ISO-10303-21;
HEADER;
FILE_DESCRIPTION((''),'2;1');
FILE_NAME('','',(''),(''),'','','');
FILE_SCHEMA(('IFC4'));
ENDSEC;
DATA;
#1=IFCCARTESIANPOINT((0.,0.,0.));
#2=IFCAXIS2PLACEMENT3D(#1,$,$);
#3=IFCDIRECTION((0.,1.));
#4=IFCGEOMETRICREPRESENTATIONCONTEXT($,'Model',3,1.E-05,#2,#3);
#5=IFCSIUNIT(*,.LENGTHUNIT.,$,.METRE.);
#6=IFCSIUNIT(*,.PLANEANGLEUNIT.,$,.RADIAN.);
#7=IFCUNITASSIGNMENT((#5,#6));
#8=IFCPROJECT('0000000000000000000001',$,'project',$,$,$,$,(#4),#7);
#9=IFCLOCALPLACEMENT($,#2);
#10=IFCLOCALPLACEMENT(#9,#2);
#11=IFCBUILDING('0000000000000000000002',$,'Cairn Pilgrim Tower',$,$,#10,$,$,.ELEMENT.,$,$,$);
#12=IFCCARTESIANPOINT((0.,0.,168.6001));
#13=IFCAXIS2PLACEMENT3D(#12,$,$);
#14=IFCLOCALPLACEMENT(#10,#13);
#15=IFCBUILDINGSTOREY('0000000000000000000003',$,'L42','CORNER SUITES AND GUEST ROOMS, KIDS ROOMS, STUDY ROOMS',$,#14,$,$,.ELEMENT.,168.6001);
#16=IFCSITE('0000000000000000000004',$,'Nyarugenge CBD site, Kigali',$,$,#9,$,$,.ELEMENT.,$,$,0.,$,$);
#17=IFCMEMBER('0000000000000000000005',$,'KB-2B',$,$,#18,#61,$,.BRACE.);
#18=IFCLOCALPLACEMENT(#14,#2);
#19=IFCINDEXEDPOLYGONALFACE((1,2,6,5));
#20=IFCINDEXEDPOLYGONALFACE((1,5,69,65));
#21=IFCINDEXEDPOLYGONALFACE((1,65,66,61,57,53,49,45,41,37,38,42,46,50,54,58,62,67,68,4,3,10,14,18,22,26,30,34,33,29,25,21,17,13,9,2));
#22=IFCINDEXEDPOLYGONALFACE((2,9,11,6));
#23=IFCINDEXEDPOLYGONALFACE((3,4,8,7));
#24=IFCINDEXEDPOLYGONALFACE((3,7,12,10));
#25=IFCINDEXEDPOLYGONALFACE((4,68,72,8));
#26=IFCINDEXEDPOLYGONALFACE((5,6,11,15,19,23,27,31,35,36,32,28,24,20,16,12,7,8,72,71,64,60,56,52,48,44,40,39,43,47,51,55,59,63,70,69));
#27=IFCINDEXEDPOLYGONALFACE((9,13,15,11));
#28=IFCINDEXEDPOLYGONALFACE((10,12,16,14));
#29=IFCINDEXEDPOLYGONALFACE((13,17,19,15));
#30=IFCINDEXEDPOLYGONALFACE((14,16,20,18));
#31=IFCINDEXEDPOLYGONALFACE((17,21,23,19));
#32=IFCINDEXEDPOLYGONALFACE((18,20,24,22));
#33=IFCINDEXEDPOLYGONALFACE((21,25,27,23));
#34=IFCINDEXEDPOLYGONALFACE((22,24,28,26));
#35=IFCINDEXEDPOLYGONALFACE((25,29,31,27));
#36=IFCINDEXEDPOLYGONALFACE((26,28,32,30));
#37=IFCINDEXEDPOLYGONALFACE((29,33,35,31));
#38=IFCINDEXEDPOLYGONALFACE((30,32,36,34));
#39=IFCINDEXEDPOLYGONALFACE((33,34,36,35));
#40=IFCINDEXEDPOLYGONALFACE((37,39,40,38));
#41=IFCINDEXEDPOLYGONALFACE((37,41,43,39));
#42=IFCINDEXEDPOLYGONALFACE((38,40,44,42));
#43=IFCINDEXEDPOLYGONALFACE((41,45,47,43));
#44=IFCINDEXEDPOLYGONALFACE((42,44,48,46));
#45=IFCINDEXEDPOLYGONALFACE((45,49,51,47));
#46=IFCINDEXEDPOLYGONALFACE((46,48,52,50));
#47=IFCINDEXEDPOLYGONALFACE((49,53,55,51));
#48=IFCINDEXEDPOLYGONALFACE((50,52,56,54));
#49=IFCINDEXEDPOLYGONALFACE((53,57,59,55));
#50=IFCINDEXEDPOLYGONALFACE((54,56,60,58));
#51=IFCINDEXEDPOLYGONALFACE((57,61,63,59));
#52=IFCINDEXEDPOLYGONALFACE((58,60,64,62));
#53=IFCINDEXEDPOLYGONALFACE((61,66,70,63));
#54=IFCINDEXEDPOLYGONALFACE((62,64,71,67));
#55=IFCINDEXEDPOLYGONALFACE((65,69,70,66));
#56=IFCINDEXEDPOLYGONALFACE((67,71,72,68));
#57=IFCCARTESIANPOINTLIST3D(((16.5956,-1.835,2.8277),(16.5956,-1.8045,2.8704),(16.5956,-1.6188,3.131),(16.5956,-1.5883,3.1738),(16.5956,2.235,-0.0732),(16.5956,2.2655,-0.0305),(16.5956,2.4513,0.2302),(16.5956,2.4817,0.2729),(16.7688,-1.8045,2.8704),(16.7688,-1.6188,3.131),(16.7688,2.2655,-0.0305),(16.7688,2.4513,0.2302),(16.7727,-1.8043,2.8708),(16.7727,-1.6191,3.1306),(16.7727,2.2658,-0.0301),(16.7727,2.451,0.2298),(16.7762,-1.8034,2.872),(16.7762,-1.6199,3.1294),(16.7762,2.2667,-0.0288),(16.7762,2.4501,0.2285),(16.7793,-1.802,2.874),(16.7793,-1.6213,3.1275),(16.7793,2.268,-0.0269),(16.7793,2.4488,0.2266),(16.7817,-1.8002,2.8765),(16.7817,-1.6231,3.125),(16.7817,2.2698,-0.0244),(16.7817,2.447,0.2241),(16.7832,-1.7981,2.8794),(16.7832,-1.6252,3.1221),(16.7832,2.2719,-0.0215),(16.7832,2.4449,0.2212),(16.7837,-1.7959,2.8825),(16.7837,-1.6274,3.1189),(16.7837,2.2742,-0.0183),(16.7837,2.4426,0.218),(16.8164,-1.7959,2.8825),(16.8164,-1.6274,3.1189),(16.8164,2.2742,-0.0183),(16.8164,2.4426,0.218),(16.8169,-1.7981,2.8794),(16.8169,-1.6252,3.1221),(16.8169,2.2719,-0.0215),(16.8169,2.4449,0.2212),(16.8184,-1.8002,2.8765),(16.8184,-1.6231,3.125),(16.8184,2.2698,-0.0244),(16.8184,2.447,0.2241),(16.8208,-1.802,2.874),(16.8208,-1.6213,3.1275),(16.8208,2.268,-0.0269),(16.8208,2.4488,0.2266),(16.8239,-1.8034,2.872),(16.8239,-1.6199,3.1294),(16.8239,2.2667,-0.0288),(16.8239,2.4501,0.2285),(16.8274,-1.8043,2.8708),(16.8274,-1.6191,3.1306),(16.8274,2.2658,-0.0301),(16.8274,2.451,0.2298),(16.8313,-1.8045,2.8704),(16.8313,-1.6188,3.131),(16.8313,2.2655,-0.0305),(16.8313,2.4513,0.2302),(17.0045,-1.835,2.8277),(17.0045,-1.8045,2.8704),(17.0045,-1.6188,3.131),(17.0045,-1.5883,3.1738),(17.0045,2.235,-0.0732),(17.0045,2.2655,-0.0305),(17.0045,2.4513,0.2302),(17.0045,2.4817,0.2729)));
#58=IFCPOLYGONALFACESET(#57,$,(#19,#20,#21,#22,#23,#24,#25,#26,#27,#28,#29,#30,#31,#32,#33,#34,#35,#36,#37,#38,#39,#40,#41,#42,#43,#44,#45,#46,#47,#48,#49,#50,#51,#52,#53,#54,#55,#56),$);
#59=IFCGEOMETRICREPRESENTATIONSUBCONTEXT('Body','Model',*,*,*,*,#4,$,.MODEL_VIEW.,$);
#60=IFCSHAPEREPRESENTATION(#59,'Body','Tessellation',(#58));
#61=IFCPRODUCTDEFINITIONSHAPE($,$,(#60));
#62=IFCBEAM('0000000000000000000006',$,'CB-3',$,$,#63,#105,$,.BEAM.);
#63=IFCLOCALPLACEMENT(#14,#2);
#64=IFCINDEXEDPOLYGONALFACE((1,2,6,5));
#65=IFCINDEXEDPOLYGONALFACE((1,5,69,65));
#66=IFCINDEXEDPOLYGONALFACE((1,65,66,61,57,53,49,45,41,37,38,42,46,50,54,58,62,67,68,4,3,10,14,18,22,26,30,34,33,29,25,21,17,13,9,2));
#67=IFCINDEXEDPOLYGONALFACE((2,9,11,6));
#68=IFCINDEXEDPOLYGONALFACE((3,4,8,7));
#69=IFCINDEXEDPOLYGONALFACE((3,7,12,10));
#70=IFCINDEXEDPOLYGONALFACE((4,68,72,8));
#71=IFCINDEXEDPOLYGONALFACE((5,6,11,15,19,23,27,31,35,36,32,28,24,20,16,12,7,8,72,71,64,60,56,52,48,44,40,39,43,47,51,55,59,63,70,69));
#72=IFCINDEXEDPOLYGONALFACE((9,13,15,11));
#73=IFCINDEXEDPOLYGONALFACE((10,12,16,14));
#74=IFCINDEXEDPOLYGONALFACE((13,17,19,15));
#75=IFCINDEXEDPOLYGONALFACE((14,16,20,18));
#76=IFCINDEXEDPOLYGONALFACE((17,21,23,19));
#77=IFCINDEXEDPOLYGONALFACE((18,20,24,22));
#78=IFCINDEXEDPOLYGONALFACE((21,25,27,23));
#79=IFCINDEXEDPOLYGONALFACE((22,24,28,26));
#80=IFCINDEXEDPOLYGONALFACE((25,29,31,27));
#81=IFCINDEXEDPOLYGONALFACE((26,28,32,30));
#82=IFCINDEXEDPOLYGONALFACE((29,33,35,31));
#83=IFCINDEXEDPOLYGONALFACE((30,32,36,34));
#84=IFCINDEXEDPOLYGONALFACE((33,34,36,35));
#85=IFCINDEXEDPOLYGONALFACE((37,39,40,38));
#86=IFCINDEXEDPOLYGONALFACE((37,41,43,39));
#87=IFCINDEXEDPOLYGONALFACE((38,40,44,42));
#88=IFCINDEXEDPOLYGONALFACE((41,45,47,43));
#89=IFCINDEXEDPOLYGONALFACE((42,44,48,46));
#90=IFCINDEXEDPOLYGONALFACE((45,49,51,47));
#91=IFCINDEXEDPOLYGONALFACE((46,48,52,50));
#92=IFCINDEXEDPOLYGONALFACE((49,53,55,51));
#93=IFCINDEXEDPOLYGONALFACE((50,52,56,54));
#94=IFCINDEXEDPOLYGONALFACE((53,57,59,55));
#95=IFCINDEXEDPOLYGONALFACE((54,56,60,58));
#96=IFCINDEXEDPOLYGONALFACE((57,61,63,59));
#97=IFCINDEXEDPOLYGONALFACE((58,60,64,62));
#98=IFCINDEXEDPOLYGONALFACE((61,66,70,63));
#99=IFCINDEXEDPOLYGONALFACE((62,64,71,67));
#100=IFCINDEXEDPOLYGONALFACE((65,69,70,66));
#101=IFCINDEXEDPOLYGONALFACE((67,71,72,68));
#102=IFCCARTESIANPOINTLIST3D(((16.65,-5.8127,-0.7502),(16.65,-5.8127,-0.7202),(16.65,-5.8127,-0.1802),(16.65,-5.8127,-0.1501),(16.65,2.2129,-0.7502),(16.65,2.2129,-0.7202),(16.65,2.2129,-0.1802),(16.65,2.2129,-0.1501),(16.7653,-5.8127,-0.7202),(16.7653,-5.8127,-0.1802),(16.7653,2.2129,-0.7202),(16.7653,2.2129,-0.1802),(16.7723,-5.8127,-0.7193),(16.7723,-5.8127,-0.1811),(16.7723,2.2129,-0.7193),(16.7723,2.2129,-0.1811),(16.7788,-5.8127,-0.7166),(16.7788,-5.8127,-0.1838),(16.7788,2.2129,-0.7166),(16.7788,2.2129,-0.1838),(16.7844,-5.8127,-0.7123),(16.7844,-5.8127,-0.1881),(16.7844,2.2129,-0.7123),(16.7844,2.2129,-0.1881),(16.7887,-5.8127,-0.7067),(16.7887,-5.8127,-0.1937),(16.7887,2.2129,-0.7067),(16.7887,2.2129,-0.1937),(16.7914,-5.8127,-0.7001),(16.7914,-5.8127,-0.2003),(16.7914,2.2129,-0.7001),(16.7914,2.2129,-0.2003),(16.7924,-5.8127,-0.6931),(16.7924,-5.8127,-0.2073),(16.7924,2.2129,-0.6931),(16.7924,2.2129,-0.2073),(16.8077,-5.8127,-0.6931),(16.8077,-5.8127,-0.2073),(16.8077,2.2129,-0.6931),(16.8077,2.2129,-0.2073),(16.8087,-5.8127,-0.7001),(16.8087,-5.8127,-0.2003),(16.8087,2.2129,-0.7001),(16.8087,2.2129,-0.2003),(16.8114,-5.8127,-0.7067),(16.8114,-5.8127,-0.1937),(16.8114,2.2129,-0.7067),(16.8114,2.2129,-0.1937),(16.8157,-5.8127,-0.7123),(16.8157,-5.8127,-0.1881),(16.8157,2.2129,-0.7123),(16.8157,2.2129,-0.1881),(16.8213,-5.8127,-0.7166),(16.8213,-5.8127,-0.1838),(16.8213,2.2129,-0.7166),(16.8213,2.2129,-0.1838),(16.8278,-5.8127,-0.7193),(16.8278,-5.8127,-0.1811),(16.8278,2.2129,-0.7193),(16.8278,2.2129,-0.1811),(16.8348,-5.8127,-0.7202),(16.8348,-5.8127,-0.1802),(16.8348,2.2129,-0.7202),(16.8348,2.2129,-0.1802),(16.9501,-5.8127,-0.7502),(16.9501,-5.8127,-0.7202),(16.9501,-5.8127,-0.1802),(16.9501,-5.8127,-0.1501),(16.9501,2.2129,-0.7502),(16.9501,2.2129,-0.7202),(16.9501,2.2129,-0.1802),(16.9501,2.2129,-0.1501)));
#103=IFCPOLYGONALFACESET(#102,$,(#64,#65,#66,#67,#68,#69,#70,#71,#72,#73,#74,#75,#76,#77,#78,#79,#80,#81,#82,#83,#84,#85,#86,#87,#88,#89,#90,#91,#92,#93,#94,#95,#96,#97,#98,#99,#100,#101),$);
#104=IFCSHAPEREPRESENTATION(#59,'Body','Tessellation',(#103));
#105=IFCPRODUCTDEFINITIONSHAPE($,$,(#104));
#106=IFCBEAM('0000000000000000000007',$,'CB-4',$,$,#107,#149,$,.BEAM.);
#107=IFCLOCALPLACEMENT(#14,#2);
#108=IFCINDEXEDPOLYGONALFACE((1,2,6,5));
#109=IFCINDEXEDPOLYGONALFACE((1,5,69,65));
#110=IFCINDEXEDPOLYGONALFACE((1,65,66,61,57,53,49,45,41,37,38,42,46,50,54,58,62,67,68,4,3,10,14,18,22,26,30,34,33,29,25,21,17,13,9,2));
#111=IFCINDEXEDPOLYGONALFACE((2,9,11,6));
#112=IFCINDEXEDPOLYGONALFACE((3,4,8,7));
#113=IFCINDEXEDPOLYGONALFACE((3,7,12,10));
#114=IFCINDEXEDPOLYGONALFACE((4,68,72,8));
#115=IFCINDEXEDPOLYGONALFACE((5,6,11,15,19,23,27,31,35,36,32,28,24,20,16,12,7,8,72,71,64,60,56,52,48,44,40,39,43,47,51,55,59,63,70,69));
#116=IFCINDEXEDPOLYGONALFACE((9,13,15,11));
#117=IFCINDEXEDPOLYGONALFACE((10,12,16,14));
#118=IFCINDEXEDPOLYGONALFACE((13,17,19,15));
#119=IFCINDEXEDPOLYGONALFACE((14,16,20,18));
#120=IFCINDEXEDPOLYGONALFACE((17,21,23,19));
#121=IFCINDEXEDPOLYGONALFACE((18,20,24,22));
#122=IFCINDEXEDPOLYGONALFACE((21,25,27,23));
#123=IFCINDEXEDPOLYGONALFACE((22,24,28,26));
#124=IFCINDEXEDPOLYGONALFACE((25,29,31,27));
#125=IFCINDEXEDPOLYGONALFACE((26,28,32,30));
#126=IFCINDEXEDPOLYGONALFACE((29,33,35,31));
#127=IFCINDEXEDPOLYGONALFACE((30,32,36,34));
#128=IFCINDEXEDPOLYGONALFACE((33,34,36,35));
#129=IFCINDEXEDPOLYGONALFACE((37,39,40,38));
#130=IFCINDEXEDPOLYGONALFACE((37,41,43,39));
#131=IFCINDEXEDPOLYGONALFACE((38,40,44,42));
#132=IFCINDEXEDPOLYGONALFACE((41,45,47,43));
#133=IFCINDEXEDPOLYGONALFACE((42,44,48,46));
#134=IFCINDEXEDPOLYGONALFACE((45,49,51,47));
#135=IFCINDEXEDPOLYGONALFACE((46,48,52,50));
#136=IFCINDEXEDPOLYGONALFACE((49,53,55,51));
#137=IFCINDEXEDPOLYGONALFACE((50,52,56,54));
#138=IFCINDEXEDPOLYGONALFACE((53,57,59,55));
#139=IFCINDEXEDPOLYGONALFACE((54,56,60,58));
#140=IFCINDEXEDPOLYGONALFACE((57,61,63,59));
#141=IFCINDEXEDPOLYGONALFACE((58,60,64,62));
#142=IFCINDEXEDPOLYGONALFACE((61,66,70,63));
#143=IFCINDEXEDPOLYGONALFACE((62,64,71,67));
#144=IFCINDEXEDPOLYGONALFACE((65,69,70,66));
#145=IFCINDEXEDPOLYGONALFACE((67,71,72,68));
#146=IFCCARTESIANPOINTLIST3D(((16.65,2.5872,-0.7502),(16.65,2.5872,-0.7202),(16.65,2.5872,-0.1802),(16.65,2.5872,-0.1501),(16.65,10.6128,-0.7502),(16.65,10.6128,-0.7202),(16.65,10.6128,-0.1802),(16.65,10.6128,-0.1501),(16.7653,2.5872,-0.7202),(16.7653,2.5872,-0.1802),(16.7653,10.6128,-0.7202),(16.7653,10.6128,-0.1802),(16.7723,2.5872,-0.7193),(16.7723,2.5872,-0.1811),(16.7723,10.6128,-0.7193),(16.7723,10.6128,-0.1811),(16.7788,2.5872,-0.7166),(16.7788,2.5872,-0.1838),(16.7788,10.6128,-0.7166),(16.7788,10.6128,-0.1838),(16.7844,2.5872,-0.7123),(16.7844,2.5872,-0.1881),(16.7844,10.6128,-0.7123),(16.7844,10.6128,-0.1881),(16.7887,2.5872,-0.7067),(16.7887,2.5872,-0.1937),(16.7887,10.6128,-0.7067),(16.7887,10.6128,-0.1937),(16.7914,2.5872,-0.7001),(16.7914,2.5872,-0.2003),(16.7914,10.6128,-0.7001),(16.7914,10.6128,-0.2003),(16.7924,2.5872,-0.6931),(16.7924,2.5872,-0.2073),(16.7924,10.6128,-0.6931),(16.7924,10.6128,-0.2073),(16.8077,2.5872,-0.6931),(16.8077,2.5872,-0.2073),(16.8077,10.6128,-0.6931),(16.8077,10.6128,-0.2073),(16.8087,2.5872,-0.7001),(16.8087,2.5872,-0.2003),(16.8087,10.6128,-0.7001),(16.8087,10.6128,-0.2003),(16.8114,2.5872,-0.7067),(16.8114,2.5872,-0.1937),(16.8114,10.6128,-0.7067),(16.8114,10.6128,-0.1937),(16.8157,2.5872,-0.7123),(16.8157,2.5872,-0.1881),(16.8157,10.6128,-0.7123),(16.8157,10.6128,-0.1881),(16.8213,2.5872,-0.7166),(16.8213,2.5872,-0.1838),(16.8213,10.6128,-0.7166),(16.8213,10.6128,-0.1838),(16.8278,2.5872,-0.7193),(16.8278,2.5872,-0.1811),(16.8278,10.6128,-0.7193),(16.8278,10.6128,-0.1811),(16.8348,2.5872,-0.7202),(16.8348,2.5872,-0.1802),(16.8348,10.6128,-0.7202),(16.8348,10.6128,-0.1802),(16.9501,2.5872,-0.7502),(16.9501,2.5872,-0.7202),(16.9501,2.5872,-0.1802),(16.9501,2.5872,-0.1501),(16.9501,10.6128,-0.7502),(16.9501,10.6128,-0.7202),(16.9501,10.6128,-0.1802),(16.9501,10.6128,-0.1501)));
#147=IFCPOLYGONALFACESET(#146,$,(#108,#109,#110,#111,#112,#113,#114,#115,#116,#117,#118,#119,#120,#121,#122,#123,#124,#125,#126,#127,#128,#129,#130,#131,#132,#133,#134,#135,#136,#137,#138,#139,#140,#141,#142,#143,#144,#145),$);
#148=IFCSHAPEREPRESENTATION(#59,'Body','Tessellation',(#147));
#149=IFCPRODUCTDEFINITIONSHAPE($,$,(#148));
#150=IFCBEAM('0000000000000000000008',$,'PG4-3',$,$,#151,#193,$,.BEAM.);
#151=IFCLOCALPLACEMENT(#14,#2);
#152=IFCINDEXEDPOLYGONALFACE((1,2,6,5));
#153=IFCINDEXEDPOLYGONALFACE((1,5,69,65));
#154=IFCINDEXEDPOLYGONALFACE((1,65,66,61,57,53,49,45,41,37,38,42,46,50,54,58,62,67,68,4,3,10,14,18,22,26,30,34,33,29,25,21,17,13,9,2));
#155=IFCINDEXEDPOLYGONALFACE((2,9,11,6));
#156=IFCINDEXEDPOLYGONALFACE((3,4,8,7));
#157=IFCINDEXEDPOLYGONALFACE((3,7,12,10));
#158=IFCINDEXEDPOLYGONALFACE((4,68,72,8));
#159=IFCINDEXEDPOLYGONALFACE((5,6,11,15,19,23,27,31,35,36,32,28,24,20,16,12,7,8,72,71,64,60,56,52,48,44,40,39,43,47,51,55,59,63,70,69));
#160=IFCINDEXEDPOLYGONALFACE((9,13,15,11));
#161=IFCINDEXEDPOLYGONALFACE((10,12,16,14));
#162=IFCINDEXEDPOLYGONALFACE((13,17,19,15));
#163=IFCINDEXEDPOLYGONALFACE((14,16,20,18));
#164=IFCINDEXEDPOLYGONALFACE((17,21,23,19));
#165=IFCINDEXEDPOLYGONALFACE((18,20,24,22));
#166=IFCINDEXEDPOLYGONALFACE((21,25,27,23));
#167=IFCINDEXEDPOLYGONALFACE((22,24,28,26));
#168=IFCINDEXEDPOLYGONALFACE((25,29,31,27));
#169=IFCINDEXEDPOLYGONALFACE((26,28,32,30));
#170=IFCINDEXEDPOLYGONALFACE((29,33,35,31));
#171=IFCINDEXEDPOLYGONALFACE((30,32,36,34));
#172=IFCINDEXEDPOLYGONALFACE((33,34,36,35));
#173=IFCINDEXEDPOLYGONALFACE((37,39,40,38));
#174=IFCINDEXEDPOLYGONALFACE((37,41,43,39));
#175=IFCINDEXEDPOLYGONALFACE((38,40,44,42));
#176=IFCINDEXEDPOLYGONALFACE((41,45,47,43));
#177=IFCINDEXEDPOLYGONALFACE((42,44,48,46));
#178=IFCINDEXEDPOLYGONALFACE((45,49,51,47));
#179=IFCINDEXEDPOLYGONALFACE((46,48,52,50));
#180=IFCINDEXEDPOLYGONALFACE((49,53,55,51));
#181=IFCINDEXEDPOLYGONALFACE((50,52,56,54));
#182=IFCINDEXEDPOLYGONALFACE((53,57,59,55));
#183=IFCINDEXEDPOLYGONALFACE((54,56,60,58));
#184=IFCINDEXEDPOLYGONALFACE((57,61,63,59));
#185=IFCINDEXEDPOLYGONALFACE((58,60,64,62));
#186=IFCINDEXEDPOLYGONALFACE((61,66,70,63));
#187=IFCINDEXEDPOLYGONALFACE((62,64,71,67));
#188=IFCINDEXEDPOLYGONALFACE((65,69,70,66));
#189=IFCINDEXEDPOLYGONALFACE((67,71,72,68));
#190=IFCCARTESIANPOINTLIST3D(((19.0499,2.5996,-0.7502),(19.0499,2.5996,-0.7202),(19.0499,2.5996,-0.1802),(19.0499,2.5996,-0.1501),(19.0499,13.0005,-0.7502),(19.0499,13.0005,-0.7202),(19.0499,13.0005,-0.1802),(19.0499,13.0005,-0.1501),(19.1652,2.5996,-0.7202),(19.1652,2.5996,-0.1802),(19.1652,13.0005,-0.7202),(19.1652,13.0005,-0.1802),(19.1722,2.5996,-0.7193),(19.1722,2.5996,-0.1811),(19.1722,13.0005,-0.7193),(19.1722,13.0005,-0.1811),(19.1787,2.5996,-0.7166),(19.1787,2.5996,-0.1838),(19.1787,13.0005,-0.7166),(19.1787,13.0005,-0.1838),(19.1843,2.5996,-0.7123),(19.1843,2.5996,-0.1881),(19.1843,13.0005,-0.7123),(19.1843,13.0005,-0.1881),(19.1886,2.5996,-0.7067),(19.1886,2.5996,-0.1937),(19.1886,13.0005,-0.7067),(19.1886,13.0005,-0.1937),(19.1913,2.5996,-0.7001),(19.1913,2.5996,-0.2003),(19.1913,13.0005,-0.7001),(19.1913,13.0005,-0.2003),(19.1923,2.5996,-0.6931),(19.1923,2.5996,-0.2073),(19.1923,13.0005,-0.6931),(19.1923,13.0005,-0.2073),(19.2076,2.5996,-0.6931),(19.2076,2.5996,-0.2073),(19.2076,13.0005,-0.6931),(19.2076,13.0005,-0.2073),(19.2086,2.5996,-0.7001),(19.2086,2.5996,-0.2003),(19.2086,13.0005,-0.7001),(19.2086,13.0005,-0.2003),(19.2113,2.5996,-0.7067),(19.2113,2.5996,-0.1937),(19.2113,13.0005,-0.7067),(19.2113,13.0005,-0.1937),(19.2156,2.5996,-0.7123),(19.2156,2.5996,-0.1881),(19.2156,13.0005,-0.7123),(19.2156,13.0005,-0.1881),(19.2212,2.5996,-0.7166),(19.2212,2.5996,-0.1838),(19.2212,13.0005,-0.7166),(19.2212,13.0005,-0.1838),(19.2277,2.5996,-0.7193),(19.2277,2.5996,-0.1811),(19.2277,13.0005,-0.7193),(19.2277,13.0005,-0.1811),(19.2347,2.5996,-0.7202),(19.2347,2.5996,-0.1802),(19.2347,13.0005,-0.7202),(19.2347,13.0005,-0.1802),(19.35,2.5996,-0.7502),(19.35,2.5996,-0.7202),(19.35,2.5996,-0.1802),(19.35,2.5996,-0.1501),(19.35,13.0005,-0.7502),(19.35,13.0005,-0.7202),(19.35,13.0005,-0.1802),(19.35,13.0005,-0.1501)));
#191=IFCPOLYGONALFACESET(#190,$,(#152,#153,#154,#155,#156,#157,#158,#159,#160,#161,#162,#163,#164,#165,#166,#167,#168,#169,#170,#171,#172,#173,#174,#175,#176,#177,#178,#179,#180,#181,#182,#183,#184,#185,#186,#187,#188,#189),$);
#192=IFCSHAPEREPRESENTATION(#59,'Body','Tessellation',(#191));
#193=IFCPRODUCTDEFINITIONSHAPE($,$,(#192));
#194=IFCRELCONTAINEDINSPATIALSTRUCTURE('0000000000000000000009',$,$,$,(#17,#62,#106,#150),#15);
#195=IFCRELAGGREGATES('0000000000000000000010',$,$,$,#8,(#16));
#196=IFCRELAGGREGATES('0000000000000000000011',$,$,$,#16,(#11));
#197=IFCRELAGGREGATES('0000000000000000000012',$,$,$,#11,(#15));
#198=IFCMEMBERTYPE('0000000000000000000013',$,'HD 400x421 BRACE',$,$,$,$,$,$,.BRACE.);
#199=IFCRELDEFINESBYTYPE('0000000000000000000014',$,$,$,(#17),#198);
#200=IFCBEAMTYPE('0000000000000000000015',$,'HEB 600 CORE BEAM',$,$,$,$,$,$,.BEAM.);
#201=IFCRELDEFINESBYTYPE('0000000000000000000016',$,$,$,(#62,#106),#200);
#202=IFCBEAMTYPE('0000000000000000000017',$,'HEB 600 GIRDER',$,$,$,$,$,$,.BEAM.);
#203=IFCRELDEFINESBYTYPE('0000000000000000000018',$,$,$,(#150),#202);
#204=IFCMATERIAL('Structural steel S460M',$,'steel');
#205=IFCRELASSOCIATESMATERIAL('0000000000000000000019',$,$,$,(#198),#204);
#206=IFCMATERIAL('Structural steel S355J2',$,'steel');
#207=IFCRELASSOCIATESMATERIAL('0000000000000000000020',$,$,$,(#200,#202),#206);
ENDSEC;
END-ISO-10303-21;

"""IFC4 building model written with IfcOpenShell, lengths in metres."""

from ifc_helpers import new_model, si_unit, direction, frame, origin, origin_2d, place, context, subcontext, project, spatial, i_section, extrude, material, material_profile, profile_set, type_object, element, save


model = new_model("IFC4")

# Units and contexts
model_context = context("Model", 3, precision=1e-05, world=origin(), true_north=direction((0.0, 1.0)))
body_context = subcontext(model_context, "Body", "Model", "MODEL_VIEW")
ifc_project = project(units=[si_unit("LENGTHUNIT", "METRE"), si_unit("PLANEANGLEUNIT", "RADIAN")], contexts=[model_context])

# Site, building, storey
site_placement = place(None, origin())
site = spatial("IfcSite", under=ifc_project, at=site_placement, Name="Nyarugenge CBD site, Kigali", CompositionType="ELEMENT", RefElevation=0.0)
building_placement = place(site_placement, origin())
building = spatial("IfcBuilding", under=site, at=building_placement, Name="Cairn Pilgrim Tower", CompositionType="ELEMENT")
storey_placement = place(building_placement, frame((0.0, 0.0, 168.6001)))
storey = spatial("IfcBuildingStorey", under=building, at=storey_placement, Name="L42", Description="CORNER SUITES AND GUEST ROOMS, KIDS ROOMS, STUDY ROOMS", CompositionType="ELEMENT", Elevation=168.6001)

# Shared definitions
ifc_material_1 = material(Name="Structural steel S355J2", Category="steel")
ifc_material_2 = material(Name="Structural steel S460M", Category="steel")

# Member
ifc_material_profile_1 = material_profile(ifc_material_2, i_section(OverallWidth=0.4089, OverallDepth=0.425, WebThickness=0.0327, FlangeThickness=0.0525, FilletRadius=0.0149, at=origin_2d()), Name="HD 400x421")
ifc_profile_set_1 = profile_set([ifc_material_profile_1], Name="Structural steel S460M")
member_type = type_object("IfcMemberType", Name="HD 400x421 BRACE", PredefinedType="BRACE", material=ifc_profile_set_1)
member_1_placement = place(storey_placement, frame((16.8, 2.3584, 0.0999), z_axis=(0.0, -0.81433, 0.580402), x_axis=(1.0, 0.0, 0.0)))
element("IfcMember", 1, at=member_1_placement, inside=storey, type_object=member_type, Name="KB-2B", PredefinedType="BRACE", context=body_context, shape_type="SweptSolid", body=[
    extrude(i_section(OverallWidth=0.4089, OverallDepth=0.425, WebThickness=0.0327, FlangeThickness=0.0525, FilletRadius=0.0149, at=origin_2d()), origin(), (0.0, 0.0, 1.0), 4.998),
])

# Beams
ifc_material_profile_2 = material_profile(ifc_material_1, i_section(OverallWidth=0.3, OverallDepth=0.6001, WebThickness=0.0154, FlangeThickness=0.03, FilletRadius=0.0271, at=origin_2d()), Name="HEB 600")
ifc_profile_set_2 = profile_set([ifc_material_profile_2], Name="Structural steel S355J2")
beam_type_1 = type_object("IfcBeamType", Name="HEB 600 CORE BEAM", PredefinedType="BEAM", material=ifc_profile_set_2)
for number, where, z_axis, x_axis, name in (
    (2, (16.8, -5.8127, -0.4502), (0.0, 1.0, 0.0), (-1.0, 0.0, 0.0), "CB-3"),
    (3, (16.8, 2.5872, -0.4502), (0.0, 1.0, 0.0), (-1.0, 0.0, 0.0), "CB-4"),
):
    element("IfcBeam", number, at=place(storey_placement, frame(where, z_axis=z_axis, x_axis=x_axis)), inside=storey, type_object=beam_type_1, Name=name, PredefinedType="BEAM", context=body_context, shape_type="SweptSolid", body=[
        extrude(i_section(OverallWidth=0.3, OverallDepth=0.6001, WebThickness=0.0154, FlangeThickness=0.03, FilletRadius=0.0271, at=origin_2d()), origin(), (0.0, 0.0, 1.0), 8.0256),
    ])
ifc_material_profile_3 = material_profile(ifc_material_1, i_section(OverallWidth=0.3, OverallDepth=0.6001, WebThickness=0.0154, FlangeThickness=0.03, FilletRadius=0.0271, at=origin_2d()), Name="HEB 600")
ifc_profile_set_3 = profile_set([ifc_material_profile_3], Name="Structural steel S355J2")
beam_type_2 = type_object("IfcBeamType", Name="HEB 600 GIRDER", PredefinedType="BEAM", material=ifc_profile_set_3)
beam_placement = place(storey_placement, frame((19.2, 2.5996, -0.4502), z_axis=(0.0, 1.0, 0.0), x_axis=(-1.0, 0.0, 0.0)))
element("IfcBeam", 4, at=beam_placement, inside=storey, type_object=beam_type_2, Name="PG4-3", PredefinedType="BEAM", context=body_context, shape_type="SweptSolid", body=[
    extrude(i_section(OverallWidth=0.3, OverallDepth=0.6001, WebThickness=0.0154, FlangeThickness=0.03, FilletRadius=0.0271, at=origin_2d()), origin(), (0.0, 0.0, 1.0), 10.4009),
])

save(model, "model.ifc")
